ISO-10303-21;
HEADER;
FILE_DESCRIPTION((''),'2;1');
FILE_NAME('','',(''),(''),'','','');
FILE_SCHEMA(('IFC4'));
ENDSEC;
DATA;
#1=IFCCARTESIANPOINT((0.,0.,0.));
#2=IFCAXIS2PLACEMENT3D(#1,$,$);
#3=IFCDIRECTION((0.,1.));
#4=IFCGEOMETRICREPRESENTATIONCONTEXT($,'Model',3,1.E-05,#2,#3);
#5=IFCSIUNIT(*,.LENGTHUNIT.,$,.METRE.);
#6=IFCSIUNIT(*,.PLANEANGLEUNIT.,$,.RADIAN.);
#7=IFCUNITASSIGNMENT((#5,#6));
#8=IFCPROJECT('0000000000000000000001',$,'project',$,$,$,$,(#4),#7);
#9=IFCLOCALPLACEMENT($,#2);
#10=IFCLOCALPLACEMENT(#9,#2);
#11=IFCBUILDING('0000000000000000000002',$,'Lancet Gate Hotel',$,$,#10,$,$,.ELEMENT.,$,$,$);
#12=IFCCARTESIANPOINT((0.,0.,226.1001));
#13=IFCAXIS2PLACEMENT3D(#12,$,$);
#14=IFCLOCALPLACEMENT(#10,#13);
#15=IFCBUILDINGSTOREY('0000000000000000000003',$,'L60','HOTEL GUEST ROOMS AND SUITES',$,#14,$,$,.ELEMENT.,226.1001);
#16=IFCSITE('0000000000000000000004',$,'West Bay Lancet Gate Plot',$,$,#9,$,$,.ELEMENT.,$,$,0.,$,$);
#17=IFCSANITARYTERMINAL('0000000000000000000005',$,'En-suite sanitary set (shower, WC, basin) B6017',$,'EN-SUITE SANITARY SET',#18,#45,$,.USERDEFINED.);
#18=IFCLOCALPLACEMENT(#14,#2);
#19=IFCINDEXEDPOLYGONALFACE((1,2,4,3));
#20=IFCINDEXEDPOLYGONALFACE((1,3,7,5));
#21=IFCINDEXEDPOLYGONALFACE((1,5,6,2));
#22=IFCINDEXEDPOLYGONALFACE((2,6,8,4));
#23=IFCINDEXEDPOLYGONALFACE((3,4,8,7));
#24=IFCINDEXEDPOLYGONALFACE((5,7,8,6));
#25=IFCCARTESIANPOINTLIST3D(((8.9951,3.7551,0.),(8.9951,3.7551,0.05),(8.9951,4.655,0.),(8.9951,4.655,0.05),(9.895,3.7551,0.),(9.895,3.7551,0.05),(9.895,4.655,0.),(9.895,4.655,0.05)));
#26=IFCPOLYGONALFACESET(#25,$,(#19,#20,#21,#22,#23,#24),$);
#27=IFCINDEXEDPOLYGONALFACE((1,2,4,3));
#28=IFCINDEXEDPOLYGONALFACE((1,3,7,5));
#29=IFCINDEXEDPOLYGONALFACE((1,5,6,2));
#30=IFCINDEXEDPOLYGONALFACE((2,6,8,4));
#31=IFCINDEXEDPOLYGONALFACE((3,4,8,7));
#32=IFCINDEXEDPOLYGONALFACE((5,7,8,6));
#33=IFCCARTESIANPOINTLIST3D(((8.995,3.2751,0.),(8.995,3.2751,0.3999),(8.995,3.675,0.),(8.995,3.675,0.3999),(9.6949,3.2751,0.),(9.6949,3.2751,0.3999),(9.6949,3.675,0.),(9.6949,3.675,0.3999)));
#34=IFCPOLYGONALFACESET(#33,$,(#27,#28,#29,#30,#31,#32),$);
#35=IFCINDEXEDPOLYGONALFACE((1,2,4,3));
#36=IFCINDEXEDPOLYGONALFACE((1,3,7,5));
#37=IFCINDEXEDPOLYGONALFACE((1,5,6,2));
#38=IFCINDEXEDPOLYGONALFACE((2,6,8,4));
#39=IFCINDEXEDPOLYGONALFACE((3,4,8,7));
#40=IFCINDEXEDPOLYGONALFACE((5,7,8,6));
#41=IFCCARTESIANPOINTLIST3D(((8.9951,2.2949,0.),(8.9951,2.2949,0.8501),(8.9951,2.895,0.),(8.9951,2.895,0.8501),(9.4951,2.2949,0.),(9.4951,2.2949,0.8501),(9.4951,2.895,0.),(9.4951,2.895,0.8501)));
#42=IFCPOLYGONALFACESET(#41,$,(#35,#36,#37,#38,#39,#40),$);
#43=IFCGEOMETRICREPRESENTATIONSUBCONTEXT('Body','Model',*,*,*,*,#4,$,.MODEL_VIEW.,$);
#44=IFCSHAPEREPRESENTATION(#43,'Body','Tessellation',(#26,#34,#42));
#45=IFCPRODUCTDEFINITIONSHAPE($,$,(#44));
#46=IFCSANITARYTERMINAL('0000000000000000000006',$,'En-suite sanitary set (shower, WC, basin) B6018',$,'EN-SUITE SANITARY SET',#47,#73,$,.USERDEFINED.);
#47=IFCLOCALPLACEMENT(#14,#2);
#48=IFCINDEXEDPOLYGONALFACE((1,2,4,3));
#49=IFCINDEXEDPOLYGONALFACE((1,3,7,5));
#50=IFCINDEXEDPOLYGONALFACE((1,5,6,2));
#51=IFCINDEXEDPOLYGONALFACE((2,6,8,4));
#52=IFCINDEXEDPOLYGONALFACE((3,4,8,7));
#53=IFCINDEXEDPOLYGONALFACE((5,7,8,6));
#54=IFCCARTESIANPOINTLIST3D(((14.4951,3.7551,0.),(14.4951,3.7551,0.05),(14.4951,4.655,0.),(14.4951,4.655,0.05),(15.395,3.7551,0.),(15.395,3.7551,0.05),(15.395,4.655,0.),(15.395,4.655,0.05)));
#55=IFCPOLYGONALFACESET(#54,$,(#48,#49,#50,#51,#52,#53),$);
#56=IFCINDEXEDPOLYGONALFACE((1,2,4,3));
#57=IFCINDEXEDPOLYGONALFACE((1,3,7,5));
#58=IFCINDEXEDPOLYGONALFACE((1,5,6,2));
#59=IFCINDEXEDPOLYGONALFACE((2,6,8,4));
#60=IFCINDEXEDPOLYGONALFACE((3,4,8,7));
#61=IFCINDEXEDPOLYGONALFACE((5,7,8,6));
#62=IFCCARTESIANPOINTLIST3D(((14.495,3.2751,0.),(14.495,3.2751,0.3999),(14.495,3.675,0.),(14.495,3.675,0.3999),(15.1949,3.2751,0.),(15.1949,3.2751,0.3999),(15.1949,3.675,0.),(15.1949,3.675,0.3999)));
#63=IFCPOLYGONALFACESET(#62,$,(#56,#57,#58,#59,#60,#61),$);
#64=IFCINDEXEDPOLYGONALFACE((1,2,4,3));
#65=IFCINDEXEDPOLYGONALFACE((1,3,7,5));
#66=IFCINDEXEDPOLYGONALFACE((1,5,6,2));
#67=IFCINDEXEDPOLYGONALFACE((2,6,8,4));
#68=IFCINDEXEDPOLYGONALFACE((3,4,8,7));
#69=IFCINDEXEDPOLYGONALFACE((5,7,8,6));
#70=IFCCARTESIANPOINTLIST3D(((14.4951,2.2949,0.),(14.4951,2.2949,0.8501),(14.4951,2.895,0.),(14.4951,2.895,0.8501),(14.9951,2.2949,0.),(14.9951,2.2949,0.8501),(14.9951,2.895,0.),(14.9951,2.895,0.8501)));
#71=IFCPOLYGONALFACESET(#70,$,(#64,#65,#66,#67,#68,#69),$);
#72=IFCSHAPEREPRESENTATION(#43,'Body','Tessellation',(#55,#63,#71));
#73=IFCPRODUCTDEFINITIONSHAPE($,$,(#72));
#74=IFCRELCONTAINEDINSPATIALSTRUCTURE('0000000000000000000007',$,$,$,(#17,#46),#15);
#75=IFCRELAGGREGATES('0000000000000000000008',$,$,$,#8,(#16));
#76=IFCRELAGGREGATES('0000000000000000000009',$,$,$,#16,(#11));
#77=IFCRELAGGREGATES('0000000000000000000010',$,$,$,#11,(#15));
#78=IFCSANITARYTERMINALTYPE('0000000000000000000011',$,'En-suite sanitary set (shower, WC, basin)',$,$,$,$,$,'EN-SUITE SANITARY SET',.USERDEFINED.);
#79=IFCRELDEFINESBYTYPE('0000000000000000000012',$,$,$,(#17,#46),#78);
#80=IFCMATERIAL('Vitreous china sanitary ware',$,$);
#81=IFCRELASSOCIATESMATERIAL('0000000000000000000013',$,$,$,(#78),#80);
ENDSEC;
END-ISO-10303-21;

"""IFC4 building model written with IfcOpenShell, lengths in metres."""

from ifc_helpers import new_model, si_unit, direction, frame, origin, origin_2d, place, context, subcontext, project, spatial, rectangle, extrude, material, type_object, element, save


model = new_model("IFC4")

# Units and contexts
model_context = context("Model", 3, precision=1e-05, world=origin(), true_north=direction((0.0, 1.0)))
body_context = subcontext(model_context, "Body", "Model", "MODEL_VIEW")
ifc_project = project(units=[si_unit("LENGTHUNIT", "METRE"), si_unit("PLANEANGLEUNIT", "RADIAN")], contexts=[model_context])

# Site, building, storey
site_placement = place(None, origin())
site = spatial("IfcSite", under=ifc_project, at=site_placement, Name="West Bay Lancet Gate Plot", CompositionType="ELEMENT", RefElevation=0.0)
building_placement = place(site_placement, origin())
building = spatial("IfcBuilding", under=site, at=building_placement, Name="Lancet Gate Hotel", CompositionType="ELEMENT")
storey_placement = place(building_placement, frame((0.0, 0.0, 226.1001)))
storey = spatial("IfcBuildingStorey", under=building, at=storey_placement, Name="L60", Description="HOTEL GUEST ROOMS AND SUITES", CompositionType="ELEMENT", Elevation=226.1001)

# Sanitary terminals
ifc_material_1 = material(Name="Vitreous china sanitary ware")
sanitary_terminal_type = type_object("IfcSanitaryTerminalType", Name="En-suite sanitary set (shower, WC, basin)", ElementType="EN-SUITE SANITARY SET", PredefinedType="USERDEFINED", material=ifc_material_1)
for number, where, z_axis, x_axis, name in (
    (1, (9.4451, 4.2051, 0.0), (0.0, 0.0, 1.0), (1.0, 0.0, 0.0), "En-suite sanitary set (shower, WC, basin) B6017"),
    (2, (14.9451, 4.2051, 0.0), (0.0, 0.0, 1.0), (1.0, 0.0, 0.0), "En-suite sanitary set (shower, WC, basin) B6018"),
):
    element("IfcSanitaryTerminal", number, at=place(storey_placement, frame(where, z_axis=z_axis, x_axis=x_axis)), inside=storey, type_object=sanitary_terminal_type, Name=name, ObjectType="EN-SUITE SANITARY SET", PredefinedType="USERDEFINED", context=body_context, shape_type="SweptSolid", body=[
        extrude(rectangle(XDim=0.8999, YDim=0.8999, at=origin_2d()), frame((0.0, 0.0, 0.0), z_axis=(0.0, 0.0, 1.0), x_axis=(0.0, 1.0, 0.0)), (0.0, 0.0, 1.0), 0.05),
        extrude(rectangle(XDim=0.3999, YDim=0.7, at=origin_2d()), frame((-0.1001, -0.73, 0.0), z_axis=(0.0, 0.0, 1.0), x_axis=(0.0, 1.0, 0.0)), (0.0, 0.0, 1.0), 0.3999),
        extrude(rectangle(XDim=0.6001, YDim=0.5, at=origin_2d()), frame((-0.2, -1.6101, 0.0), z_axis=(0.0, 0.0, 1.0), x_axis=(0.0, 1.0, 0.0)), (0.0, 0.0, 1.0), 0.8501),
    ])

save(model, "model.ifc")
